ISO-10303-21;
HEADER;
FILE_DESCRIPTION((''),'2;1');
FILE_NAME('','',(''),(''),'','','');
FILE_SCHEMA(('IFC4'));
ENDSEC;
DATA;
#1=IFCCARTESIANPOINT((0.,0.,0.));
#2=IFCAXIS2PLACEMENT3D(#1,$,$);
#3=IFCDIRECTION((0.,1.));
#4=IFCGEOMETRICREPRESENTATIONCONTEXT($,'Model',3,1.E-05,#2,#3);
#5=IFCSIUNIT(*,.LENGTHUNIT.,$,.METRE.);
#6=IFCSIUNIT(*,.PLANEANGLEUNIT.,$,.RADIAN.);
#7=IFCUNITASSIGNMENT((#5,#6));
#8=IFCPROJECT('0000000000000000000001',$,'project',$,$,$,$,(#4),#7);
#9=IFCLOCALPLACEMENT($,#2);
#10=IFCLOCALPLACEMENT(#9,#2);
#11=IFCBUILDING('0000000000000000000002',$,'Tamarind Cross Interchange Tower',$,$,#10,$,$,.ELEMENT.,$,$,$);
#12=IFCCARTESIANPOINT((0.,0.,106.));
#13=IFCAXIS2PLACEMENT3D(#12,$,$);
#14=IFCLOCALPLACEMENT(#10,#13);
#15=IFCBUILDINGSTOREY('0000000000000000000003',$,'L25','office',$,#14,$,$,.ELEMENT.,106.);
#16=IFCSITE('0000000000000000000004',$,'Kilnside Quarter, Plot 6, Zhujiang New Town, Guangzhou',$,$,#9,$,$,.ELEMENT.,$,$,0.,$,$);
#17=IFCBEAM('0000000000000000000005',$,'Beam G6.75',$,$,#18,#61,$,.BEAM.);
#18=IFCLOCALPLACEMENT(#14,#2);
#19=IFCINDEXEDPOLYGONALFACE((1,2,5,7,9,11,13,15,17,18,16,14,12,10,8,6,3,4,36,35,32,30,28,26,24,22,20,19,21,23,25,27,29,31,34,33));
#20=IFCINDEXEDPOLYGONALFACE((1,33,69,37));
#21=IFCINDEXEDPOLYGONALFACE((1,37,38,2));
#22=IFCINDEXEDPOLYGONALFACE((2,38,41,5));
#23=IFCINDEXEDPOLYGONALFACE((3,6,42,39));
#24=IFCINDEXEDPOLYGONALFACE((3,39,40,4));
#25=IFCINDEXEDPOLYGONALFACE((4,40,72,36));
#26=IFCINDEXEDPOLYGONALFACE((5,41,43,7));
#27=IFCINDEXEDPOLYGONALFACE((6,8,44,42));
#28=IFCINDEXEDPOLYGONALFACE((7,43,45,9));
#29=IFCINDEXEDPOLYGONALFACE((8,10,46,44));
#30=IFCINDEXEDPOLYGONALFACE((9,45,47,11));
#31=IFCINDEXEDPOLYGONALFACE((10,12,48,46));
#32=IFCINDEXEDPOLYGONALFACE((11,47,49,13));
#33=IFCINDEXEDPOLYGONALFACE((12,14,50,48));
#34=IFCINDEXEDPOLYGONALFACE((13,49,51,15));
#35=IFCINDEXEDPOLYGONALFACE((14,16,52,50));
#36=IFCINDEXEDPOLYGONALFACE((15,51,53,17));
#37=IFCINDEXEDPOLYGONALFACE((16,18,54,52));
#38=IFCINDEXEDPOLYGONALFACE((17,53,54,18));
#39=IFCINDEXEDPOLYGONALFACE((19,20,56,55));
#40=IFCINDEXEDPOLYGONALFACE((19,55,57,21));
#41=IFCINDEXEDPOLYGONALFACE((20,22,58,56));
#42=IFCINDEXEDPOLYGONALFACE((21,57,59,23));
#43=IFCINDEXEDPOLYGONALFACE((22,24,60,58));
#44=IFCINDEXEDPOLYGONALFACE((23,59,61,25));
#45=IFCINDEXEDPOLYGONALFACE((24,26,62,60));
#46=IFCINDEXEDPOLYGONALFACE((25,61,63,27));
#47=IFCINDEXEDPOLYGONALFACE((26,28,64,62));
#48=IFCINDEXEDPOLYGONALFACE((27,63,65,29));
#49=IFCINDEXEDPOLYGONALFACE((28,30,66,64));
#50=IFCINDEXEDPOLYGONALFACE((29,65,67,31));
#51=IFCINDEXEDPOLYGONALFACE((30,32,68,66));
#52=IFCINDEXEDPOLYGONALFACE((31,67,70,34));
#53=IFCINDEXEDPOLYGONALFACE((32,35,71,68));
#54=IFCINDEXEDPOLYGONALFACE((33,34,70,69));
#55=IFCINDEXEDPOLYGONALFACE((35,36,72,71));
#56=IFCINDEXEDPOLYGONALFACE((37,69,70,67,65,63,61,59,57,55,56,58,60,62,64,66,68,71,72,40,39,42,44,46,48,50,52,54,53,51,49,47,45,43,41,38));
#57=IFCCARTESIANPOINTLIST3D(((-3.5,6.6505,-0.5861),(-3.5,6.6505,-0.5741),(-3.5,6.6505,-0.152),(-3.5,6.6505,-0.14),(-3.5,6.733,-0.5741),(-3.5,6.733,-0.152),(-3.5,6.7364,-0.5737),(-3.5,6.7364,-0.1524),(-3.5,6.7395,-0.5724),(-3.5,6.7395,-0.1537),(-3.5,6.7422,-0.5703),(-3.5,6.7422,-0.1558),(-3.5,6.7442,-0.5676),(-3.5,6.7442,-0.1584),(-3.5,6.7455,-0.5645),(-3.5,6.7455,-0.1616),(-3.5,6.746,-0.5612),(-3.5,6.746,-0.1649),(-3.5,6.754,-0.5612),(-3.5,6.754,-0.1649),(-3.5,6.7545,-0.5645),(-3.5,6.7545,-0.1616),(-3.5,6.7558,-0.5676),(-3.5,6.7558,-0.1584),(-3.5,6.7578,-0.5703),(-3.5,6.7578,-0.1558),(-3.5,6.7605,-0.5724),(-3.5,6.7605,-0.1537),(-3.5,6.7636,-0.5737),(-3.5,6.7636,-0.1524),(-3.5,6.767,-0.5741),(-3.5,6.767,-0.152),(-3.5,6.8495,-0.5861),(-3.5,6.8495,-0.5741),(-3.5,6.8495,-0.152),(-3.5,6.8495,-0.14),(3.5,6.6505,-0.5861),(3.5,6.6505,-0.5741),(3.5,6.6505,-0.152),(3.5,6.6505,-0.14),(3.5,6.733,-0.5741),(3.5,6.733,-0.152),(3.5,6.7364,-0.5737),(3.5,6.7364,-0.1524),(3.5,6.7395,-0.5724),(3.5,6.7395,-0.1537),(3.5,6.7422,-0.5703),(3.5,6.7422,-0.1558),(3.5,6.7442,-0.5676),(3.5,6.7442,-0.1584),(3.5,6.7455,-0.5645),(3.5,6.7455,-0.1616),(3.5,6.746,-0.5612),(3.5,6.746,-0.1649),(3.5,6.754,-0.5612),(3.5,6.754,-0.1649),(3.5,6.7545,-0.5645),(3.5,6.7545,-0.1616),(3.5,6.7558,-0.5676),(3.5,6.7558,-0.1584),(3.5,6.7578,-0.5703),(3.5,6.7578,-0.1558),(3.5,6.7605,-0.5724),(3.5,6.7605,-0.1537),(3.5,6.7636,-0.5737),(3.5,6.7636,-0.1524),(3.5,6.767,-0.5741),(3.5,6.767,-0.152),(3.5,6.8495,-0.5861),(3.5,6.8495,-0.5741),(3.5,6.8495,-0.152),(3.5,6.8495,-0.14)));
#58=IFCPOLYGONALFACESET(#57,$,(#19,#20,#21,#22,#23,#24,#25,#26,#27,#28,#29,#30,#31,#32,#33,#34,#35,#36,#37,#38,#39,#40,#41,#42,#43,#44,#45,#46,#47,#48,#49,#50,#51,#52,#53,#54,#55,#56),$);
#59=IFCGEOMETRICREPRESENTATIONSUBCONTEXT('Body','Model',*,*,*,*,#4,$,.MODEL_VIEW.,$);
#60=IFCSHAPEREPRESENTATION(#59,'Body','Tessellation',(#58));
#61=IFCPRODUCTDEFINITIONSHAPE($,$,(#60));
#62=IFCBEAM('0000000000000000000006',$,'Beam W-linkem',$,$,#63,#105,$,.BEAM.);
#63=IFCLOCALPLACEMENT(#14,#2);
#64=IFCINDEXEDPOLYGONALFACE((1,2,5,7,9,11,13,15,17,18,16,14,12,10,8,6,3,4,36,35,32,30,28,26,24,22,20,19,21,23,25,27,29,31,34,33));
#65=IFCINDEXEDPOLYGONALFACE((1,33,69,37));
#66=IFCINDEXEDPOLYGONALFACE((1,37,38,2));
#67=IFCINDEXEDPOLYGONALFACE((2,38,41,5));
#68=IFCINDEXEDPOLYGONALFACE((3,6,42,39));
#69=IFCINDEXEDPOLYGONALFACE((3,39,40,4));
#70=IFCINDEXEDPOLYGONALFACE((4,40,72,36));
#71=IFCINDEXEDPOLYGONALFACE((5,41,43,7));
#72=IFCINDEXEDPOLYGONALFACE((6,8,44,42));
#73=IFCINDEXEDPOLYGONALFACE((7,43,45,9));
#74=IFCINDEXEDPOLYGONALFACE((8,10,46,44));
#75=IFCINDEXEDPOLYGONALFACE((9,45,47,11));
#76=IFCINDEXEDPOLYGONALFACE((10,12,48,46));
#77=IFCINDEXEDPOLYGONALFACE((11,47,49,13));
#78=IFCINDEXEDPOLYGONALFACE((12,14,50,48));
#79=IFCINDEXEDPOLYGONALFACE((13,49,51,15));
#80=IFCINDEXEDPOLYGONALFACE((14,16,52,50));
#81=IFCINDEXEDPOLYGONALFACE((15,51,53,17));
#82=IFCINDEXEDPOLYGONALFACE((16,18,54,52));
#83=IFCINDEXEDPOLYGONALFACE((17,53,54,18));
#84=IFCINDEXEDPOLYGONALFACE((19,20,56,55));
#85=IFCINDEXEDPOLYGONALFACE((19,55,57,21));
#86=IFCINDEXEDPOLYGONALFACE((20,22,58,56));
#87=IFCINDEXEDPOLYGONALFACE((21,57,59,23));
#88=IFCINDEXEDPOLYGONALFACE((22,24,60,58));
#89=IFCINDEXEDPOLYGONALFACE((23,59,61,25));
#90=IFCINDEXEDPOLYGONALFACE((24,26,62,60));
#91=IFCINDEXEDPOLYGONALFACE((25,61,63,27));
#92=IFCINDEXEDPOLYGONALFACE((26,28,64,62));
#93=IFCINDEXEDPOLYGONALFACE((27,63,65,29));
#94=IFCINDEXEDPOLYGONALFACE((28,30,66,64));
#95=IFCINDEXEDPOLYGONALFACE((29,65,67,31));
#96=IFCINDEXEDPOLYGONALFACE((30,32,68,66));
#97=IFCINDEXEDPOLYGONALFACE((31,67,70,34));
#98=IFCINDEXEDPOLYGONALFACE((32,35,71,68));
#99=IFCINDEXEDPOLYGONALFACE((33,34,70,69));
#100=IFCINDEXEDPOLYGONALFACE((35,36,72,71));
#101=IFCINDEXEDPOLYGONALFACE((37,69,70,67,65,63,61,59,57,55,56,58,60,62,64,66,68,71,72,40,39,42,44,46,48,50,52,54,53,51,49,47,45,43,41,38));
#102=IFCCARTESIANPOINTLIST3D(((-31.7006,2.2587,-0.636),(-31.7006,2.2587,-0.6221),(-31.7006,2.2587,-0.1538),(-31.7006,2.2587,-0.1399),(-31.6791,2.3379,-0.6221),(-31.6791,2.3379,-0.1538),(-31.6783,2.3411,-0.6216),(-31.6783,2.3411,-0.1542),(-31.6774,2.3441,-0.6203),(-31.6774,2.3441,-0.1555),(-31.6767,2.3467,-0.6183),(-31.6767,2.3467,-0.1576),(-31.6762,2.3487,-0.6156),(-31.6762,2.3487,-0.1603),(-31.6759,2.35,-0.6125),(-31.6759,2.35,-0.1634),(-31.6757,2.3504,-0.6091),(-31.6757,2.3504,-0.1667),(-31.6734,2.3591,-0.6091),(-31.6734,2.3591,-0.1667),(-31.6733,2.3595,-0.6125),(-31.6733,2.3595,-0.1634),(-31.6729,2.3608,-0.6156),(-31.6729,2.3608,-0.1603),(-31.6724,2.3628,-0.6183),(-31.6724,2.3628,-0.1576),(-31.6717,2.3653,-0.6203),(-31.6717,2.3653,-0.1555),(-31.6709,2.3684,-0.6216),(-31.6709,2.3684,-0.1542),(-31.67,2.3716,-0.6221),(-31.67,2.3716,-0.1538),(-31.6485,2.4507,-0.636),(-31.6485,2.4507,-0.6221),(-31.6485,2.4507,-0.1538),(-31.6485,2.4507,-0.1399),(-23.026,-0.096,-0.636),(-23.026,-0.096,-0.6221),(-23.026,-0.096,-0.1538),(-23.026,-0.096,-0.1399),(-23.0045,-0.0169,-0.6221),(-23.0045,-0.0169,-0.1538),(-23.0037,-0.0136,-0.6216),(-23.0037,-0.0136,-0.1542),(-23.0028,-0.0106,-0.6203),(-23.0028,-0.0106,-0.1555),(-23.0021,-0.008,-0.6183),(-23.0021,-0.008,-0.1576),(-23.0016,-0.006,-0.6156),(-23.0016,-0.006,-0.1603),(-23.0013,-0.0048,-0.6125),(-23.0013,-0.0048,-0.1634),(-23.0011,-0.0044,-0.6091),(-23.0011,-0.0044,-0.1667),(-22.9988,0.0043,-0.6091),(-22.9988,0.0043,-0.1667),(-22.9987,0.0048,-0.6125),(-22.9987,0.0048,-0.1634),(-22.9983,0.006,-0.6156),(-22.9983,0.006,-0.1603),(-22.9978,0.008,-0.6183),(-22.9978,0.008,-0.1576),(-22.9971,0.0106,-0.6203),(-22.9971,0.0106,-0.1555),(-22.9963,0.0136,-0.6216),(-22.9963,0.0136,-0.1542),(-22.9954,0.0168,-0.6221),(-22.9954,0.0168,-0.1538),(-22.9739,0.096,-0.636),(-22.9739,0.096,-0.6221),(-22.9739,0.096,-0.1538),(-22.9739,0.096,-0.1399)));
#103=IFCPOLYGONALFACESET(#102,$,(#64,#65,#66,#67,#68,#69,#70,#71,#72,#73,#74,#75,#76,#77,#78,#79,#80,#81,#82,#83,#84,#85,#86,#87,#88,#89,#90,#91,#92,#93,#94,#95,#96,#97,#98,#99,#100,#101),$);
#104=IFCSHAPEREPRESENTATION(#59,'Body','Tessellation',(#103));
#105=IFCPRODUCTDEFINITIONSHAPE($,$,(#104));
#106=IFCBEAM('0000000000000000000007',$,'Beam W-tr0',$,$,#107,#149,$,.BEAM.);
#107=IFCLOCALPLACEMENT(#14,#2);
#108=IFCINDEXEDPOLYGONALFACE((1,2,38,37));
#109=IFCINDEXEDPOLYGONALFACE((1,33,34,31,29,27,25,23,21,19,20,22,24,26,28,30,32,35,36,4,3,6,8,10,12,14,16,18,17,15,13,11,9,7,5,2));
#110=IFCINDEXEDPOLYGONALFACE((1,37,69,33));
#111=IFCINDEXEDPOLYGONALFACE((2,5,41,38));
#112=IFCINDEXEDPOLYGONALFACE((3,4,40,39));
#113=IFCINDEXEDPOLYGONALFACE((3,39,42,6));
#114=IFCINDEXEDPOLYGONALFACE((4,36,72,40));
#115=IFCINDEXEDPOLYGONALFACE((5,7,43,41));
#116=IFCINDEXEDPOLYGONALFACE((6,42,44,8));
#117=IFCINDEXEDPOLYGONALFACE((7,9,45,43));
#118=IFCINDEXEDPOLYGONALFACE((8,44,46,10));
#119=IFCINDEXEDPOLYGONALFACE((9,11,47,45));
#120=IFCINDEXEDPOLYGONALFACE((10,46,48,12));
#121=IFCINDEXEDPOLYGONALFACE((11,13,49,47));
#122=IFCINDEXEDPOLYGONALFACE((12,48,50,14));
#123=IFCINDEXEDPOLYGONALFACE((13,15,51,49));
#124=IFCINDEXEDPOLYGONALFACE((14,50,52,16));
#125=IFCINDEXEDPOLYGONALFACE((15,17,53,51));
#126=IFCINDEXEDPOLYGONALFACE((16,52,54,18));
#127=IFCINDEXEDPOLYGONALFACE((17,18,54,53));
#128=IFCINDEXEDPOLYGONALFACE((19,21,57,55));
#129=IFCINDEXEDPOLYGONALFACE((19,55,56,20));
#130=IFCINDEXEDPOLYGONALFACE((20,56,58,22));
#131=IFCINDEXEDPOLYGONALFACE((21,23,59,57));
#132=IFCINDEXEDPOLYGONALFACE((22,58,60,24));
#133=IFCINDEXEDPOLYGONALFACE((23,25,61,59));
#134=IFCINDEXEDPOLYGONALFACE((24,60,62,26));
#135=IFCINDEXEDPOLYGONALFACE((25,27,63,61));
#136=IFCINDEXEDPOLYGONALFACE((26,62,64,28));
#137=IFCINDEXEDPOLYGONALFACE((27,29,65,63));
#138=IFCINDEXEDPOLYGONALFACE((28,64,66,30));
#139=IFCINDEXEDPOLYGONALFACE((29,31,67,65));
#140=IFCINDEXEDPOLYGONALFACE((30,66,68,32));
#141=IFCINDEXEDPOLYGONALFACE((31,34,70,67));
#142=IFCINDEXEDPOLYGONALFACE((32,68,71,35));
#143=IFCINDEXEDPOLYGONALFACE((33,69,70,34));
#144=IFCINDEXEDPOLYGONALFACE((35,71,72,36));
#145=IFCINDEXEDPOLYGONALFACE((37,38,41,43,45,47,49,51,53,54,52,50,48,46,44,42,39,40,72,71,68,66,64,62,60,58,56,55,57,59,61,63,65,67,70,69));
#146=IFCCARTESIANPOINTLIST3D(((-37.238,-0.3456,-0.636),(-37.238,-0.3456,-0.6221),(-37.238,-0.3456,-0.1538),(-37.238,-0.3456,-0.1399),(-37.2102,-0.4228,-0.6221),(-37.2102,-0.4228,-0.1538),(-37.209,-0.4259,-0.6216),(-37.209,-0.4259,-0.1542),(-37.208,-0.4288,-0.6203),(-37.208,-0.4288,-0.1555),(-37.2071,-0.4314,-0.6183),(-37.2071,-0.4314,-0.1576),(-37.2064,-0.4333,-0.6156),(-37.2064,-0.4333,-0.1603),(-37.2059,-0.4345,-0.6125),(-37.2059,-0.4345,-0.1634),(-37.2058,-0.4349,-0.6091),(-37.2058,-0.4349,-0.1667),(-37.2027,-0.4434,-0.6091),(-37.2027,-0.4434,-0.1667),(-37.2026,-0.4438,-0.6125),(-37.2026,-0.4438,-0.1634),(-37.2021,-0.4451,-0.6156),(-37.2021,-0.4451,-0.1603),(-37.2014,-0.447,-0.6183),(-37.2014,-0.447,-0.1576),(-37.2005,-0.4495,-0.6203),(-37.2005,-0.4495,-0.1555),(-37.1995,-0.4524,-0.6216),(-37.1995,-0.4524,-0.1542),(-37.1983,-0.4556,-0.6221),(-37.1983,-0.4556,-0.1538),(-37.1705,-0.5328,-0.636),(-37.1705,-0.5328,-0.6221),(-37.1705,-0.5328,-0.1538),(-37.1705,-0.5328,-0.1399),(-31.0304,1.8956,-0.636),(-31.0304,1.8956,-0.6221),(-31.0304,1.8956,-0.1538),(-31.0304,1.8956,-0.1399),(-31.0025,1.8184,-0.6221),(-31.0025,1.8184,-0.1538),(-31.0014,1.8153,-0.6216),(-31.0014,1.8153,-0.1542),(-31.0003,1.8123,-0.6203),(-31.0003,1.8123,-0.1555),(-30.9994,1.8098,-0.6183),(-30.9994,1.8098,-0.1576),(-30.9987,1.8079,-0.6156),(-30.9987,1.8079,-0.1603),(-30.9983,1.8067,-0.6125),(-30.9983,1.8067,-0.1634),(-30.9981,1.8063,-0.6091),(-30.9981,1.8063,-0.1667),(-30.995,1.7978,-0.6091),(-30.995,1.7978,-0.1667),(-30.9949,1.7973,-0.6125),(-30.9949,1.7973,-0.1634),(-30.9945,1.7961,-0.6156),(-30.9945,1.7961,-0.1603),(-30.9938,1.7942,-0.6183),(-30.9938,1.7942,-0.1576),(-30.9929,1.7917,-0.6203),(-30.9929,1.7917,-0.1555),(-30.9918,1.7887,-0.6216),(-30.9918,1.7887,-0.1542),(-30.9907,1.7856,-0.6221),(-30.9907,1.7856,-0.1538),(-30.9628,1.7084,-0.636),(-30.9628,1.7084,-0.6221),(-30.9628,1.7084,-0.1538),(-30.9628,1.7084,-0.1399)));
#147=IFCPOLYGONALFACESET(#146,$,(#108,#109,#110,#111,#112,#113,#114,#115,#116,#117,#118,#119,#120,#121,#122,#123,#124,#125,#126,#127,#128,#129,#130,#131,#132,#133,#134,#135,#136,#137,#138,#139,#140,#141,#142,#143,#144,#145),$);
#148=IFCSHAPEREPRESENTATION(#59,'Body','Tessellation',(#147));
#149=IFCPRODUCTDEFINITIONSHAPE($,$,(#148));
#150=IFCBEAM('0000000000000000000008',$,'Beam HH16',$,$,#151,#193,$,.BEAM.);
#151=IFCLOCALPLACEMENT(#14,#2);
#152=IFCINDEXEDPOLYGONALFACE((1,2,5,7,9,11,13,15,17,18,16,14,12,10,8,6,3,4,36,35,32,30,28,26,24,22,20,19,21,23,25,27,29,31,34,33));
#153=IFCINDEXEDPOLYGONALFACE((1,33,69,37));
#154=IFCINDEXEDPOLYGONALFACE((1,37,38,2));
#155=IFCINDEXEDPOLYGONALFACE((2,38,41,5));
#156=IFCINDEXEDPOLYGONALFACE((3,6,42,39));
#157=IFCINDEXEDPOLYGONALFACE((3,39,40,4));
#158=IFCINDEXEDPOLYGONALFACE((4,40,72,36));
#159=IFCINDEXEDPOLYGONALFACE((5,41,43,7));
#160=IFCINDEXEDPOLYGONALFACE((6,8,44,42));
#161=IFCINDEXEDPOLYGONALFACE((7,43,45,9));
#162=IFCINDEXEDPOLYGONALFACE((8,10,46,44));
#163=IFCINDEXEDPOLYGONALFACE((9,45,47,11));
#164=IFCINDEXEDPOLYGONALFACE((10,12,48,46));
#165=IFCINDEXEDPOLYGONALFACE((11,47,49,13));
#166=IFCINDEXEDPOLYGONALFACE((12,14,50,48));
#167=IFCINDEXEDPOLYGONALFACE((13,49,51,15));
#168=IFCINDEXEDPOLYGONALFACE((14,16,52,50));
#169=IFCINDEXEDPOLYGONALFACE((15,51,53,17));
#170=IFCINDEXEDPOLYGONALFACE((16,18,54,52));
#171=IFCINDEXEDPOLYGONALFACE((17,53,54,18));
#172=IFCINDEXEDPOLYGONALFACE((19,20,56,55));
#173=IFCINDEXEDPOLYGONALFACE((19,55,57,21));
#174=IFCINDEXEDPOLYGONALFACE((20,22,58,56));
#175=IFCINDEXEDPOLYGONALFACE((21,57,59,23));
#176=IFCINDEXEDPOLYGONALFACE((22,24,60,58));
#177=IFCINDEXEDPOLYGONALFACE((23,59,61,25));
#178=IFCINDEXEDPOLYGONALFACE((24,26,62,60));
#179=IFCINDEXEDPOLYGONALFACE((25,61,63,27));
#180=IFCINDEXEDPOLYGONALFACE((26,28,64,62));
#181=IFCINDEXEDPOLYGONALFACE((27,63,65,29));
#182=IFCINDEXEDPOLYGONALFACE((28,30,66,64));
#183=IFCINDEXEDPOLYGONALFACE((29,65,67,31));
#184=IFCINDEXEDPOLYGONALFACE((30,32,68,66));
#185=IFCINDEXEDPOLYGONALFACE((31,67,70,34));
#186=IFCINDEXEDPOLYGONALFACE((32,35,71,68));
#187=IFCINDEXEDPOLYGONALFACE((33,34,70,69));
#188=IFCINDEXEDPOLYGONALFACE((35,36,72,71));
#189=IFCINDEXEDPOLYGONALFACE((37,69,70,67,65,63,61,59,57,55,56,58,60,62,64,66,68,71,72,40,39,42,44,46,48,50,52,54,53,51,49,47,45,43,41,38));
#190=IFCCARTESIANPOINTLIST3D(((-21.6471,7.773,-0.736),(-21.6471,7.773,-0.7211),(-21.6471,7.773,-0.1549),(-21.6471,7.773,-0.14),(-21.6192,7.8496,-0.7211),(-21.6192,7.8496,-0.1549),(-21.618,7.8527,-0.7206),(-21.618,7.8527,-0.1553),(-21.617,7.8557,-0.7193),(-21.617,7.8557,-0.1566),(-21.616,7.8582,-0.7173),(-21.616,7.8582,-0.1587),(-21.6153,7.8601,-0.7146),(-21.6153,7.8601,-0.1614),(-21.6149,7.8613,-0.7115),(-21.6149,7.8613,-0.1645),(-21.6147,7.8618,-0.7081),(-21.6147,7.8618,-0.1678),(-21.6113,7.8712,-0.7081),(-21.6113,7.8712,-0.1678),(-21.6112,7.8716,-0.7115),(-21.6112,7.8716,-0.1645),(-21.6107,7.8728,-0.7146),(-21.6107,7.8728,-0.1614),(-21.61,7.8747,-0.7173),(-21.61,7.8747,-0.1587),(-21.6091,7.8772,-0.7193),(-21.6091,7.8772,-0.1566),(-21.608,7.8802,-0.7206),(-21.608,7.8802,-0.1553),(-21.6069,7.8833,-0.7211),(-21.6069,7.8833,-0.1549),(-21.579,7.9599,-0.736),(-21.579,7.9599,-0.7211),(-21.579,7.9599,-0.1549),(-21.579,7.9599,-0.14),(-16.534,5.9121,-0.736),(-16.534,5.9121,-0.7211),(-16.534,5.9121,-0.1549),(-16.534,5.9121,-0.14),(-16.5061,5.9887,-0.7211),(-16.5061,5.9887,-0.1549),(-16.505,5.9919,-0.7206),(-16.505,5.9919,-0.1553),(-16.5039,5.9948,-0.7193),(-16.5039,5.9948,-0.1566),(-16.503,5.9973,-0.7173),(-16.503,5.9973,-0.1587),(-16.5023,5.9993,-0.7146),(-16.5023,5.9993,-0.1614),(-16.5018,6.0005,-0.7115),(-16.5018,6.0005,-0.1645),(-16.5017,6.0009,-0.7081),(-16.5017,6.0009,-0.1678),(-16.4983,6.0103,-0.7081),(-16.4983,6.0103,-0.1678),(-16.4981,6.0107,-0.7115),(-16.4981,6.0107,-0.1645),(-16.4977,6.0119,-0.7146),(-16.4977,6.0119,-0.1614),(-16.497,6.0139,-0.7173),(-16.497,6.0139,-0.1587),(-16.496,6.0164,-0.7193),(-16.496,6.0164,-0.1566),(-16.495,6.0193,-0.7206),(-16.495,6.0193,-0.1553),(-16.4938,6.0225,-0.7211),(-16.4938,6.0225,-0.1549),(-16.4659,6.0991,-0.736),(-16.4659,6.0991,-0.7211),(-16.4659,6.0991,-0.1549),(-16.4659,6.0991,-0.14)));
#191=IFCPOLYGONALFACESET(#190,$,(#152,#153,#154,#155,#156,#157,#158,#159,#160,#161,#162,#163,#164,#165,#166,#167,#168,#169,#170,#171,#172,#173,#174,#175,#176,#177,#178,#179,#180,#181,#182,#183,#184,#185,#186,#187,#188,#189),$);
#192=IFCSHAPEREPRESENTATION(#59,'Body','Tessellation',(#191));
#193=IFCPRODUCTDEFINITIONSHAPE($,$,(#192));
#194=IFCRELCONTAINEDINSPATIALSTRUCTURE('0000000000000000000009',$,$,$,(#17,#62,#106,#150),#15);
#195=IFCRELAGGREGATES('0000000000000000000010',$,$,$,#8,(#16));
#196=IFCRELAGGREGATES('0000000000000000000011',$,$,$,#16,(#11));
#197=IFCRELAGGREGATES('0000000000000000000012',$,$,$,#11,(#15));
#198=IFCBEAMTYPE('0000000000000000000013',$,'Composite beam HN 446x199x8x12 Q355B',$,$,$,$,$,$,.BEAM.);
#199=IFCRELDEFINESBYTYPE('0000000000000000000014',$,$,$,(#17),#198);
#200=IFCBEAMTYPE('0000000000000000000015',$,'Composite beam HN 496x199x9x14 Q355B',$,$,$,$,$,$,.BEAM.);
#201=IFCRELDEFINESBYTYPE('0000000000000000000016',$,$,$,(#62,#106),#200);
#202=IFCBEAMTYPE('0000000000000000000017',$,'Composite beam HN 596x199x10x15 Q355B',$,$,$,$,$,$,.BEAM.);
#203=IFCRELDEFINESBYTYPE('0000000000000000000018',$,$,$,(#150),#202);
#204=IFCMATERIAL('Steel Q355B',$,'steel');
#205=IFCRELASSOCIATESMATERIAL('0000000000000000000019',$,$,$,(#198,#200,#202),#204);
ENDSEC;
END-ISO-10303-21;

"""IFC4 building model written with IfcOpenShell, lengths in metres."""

from ifc_helpers import new_model, si_unit, direction, frame, origin, origin_2d, place, context, subcontext, project, spatial, i_section, extrude, material, material_profile, profile_set, type_object, element, save


model = new_model("IFC4")

# Units and contexts
model_context = context("Model", 3, precision=1e-05, world=origin(), true_north=direction((0.0, 1.0)))
body_context = subcontext(model_context, "Body", "Model", "MODEL_VIEW")
ifc_project = project(units=[si_unit("LENGTHUNIT", "METRE"), si_unit("PLANEANGLEUNIT", "RADIAN")], contexts=[model_context])

# Site, building, storey
site_placement = place(None, origin())
site = spatial("IfcSite", under=ifc_project, at=site_placement, Name="Kilnside Quarter, Plot 6, Zhujiang New Town, Guangzhou", CompositionType="ELEMENT", RefElevation=0.0)
building_placement = place(site_placement, origin())
building = spatial("IfcBuilding", under=site, at=building_placement, Name="Tamarind Cross Interchange Tower", CompositionType="ELEMENT")
storey_placement = place(building_placement, frame((0.0, 0.0, 106.0)))
storey = spatial("IfcBuildingStorey", under=building, at=storey_placement, Name="L25", Description="office", CompositionType="ELEMENT", Elevation=106.0)

# Beams
ifc_material_1 = material(Name="Steel Q355B", Category="steel")
ifc_material_profile_1 = material_profile(ifc_material_1, i_section(OverallWidth=0.199, OverallDepth=0.446, WebThickness=0.0081, FlangeThickness=0.012, FilletRadius=0.0129, at=origin_2d()), Name="HN 446x199x8x12")
ifc_profile_set_1 = profile_set([ifc_material_profile_1], Name="Steel Q355B")
beam_type_1 = type_object("IfcBeamType", Name="Composite beam HN 446x199x8x12 Q355B", PredefinedType="BEAM", material=ifc_profile_set_1)
for number, where, z_axis, x_axis, name in (
    (1, (-3.5, 6.75, -0.363), (1.0, 0.0, 0.0), (0.0, 1.0, 0.0), "Beam G6.75"),
):
    element("IfcBeam", number, at=place(storey_placement, frame(where, z_axis=z_axis, x_axis=x_axis)), inside=storey, type_object=beam_type_1, Name=name, PredefinedType="BEAM", context=body_context, shape_type="SweptSolid", body=[
        extrude(i_section(OverallWidth=0.199, OverallDepth=0.446, WebThickness=0.0081, FlangeThickness=0.012, FilletRadius=0.0129, at=origin_2d()), origin(), (0.0, 0.0, 1.0), 7.0),
    ])
ifc_material_profile_2 = material_profile(ifc_material_1, i_section(OverallWidth=0.199, OverallDepth=0.4961, WebThickness=0.009, FlangeThickness=0.0139, FilletRadius=0.0129, at=origin_2d()), Name="HN 496x199x9x14")
ifc_profile_set_2 = profile_set([ifc_material_profile_2], Name="Steel Q355B")
beam_type_2 = type_object("IfcBeamType", Name="Composite beam HN 496x199x9x14 Q355B", PredefinedType="BEAM", material=ifc_profile_set_2)
beam_1_placement = place(storey_placement, frame((-31.6746, 2.3547, -0.3879), z_axis=(0.965075, -0.261973, 0.0), x_axis=(0.261973, 0.965075, 0.0)))
element("IfcBeam", 2, at=beam_1_placement, inside=storey, type_object=beam_type_2, Name="Beam W-linkem", PredefinedType="BEAM", context=body_context, shape_type="SweptSolid", body=[
    extrude(i_section(OverallWidth=0.199, OverallDepth=0.4961, WebThickness=0.009, FlangeThickness=0.0139, FilletRadius=0.0129, at=origin_2d()), origin(), (0.0, 0.0, 1.0), 8.9885),
])
beam_2_placement = place(storey_placement, frame((-30.9966, 1.802, -0.3879), z_axis=(-0.940577, -0.33958, 0.0), x_axis=(0.33958, -0.940577, 0.0)))
element("IfcBeam", 3, at=beam_2_placement, inside=storey, type_object=beam_type_2, Name="Beam W-tr0", PredefinedType="BEAM", context=body_context, shape_type="SweptSolid", body=[
    extrude(i_section(OverallWidth=0.199, OverallDepth=0.4961, WebThickness=0.009, FlangeThickness=0.0139, FilletRadius=0.0129, at=origin_2d()), origin(), (0.0, 0.0, 1.0), 6.5999),
])
ifc_material_profile_3 = material_profile(ifc_material_1, i_section(OverallWidth=0.199, OverallDepth=0.5959, WebThickness=0.01, FlangeThickness=0.0149, FilletRadius=0.0129, at=origin_2d()), Name="HN 596x199x10x15")
ifc_profile_set_3 = profile_set([ifc_material_profile_3], Name="Steel Q355B")
beam_type_3 = type_object("IfcBeamType", Name="Composite beam HN 596x199x10x15 Q355B", PredefinedType="BEAM", material=ifc_profile_set_3)
beam_3_placement = place(storey_placement, frame((-21.613, 7.8665, -0.438), z_axis=(0.939702, -0.341995, 0.0), x_axis=(0.341995, 0.939702, 0.0)))
element("IfcBeam", 4, at=beam_3_placement, inside=storey, type_object=beam_type_3, Name="Beam HH16", PredefinedType="BEAM", context=body_context, shape_type="SweptSolid", body=[
    extrude(i_section(OverallWidth=0.199, OverallDepth=0.5959, WebThickness=0.01, FlangeThickness=0.0149, FilletRadius=0.0129, at=origin_2d()), origin(), (0.0, 0.0, 1.0), 5.4412),
])

save(model, "model.ifc")
